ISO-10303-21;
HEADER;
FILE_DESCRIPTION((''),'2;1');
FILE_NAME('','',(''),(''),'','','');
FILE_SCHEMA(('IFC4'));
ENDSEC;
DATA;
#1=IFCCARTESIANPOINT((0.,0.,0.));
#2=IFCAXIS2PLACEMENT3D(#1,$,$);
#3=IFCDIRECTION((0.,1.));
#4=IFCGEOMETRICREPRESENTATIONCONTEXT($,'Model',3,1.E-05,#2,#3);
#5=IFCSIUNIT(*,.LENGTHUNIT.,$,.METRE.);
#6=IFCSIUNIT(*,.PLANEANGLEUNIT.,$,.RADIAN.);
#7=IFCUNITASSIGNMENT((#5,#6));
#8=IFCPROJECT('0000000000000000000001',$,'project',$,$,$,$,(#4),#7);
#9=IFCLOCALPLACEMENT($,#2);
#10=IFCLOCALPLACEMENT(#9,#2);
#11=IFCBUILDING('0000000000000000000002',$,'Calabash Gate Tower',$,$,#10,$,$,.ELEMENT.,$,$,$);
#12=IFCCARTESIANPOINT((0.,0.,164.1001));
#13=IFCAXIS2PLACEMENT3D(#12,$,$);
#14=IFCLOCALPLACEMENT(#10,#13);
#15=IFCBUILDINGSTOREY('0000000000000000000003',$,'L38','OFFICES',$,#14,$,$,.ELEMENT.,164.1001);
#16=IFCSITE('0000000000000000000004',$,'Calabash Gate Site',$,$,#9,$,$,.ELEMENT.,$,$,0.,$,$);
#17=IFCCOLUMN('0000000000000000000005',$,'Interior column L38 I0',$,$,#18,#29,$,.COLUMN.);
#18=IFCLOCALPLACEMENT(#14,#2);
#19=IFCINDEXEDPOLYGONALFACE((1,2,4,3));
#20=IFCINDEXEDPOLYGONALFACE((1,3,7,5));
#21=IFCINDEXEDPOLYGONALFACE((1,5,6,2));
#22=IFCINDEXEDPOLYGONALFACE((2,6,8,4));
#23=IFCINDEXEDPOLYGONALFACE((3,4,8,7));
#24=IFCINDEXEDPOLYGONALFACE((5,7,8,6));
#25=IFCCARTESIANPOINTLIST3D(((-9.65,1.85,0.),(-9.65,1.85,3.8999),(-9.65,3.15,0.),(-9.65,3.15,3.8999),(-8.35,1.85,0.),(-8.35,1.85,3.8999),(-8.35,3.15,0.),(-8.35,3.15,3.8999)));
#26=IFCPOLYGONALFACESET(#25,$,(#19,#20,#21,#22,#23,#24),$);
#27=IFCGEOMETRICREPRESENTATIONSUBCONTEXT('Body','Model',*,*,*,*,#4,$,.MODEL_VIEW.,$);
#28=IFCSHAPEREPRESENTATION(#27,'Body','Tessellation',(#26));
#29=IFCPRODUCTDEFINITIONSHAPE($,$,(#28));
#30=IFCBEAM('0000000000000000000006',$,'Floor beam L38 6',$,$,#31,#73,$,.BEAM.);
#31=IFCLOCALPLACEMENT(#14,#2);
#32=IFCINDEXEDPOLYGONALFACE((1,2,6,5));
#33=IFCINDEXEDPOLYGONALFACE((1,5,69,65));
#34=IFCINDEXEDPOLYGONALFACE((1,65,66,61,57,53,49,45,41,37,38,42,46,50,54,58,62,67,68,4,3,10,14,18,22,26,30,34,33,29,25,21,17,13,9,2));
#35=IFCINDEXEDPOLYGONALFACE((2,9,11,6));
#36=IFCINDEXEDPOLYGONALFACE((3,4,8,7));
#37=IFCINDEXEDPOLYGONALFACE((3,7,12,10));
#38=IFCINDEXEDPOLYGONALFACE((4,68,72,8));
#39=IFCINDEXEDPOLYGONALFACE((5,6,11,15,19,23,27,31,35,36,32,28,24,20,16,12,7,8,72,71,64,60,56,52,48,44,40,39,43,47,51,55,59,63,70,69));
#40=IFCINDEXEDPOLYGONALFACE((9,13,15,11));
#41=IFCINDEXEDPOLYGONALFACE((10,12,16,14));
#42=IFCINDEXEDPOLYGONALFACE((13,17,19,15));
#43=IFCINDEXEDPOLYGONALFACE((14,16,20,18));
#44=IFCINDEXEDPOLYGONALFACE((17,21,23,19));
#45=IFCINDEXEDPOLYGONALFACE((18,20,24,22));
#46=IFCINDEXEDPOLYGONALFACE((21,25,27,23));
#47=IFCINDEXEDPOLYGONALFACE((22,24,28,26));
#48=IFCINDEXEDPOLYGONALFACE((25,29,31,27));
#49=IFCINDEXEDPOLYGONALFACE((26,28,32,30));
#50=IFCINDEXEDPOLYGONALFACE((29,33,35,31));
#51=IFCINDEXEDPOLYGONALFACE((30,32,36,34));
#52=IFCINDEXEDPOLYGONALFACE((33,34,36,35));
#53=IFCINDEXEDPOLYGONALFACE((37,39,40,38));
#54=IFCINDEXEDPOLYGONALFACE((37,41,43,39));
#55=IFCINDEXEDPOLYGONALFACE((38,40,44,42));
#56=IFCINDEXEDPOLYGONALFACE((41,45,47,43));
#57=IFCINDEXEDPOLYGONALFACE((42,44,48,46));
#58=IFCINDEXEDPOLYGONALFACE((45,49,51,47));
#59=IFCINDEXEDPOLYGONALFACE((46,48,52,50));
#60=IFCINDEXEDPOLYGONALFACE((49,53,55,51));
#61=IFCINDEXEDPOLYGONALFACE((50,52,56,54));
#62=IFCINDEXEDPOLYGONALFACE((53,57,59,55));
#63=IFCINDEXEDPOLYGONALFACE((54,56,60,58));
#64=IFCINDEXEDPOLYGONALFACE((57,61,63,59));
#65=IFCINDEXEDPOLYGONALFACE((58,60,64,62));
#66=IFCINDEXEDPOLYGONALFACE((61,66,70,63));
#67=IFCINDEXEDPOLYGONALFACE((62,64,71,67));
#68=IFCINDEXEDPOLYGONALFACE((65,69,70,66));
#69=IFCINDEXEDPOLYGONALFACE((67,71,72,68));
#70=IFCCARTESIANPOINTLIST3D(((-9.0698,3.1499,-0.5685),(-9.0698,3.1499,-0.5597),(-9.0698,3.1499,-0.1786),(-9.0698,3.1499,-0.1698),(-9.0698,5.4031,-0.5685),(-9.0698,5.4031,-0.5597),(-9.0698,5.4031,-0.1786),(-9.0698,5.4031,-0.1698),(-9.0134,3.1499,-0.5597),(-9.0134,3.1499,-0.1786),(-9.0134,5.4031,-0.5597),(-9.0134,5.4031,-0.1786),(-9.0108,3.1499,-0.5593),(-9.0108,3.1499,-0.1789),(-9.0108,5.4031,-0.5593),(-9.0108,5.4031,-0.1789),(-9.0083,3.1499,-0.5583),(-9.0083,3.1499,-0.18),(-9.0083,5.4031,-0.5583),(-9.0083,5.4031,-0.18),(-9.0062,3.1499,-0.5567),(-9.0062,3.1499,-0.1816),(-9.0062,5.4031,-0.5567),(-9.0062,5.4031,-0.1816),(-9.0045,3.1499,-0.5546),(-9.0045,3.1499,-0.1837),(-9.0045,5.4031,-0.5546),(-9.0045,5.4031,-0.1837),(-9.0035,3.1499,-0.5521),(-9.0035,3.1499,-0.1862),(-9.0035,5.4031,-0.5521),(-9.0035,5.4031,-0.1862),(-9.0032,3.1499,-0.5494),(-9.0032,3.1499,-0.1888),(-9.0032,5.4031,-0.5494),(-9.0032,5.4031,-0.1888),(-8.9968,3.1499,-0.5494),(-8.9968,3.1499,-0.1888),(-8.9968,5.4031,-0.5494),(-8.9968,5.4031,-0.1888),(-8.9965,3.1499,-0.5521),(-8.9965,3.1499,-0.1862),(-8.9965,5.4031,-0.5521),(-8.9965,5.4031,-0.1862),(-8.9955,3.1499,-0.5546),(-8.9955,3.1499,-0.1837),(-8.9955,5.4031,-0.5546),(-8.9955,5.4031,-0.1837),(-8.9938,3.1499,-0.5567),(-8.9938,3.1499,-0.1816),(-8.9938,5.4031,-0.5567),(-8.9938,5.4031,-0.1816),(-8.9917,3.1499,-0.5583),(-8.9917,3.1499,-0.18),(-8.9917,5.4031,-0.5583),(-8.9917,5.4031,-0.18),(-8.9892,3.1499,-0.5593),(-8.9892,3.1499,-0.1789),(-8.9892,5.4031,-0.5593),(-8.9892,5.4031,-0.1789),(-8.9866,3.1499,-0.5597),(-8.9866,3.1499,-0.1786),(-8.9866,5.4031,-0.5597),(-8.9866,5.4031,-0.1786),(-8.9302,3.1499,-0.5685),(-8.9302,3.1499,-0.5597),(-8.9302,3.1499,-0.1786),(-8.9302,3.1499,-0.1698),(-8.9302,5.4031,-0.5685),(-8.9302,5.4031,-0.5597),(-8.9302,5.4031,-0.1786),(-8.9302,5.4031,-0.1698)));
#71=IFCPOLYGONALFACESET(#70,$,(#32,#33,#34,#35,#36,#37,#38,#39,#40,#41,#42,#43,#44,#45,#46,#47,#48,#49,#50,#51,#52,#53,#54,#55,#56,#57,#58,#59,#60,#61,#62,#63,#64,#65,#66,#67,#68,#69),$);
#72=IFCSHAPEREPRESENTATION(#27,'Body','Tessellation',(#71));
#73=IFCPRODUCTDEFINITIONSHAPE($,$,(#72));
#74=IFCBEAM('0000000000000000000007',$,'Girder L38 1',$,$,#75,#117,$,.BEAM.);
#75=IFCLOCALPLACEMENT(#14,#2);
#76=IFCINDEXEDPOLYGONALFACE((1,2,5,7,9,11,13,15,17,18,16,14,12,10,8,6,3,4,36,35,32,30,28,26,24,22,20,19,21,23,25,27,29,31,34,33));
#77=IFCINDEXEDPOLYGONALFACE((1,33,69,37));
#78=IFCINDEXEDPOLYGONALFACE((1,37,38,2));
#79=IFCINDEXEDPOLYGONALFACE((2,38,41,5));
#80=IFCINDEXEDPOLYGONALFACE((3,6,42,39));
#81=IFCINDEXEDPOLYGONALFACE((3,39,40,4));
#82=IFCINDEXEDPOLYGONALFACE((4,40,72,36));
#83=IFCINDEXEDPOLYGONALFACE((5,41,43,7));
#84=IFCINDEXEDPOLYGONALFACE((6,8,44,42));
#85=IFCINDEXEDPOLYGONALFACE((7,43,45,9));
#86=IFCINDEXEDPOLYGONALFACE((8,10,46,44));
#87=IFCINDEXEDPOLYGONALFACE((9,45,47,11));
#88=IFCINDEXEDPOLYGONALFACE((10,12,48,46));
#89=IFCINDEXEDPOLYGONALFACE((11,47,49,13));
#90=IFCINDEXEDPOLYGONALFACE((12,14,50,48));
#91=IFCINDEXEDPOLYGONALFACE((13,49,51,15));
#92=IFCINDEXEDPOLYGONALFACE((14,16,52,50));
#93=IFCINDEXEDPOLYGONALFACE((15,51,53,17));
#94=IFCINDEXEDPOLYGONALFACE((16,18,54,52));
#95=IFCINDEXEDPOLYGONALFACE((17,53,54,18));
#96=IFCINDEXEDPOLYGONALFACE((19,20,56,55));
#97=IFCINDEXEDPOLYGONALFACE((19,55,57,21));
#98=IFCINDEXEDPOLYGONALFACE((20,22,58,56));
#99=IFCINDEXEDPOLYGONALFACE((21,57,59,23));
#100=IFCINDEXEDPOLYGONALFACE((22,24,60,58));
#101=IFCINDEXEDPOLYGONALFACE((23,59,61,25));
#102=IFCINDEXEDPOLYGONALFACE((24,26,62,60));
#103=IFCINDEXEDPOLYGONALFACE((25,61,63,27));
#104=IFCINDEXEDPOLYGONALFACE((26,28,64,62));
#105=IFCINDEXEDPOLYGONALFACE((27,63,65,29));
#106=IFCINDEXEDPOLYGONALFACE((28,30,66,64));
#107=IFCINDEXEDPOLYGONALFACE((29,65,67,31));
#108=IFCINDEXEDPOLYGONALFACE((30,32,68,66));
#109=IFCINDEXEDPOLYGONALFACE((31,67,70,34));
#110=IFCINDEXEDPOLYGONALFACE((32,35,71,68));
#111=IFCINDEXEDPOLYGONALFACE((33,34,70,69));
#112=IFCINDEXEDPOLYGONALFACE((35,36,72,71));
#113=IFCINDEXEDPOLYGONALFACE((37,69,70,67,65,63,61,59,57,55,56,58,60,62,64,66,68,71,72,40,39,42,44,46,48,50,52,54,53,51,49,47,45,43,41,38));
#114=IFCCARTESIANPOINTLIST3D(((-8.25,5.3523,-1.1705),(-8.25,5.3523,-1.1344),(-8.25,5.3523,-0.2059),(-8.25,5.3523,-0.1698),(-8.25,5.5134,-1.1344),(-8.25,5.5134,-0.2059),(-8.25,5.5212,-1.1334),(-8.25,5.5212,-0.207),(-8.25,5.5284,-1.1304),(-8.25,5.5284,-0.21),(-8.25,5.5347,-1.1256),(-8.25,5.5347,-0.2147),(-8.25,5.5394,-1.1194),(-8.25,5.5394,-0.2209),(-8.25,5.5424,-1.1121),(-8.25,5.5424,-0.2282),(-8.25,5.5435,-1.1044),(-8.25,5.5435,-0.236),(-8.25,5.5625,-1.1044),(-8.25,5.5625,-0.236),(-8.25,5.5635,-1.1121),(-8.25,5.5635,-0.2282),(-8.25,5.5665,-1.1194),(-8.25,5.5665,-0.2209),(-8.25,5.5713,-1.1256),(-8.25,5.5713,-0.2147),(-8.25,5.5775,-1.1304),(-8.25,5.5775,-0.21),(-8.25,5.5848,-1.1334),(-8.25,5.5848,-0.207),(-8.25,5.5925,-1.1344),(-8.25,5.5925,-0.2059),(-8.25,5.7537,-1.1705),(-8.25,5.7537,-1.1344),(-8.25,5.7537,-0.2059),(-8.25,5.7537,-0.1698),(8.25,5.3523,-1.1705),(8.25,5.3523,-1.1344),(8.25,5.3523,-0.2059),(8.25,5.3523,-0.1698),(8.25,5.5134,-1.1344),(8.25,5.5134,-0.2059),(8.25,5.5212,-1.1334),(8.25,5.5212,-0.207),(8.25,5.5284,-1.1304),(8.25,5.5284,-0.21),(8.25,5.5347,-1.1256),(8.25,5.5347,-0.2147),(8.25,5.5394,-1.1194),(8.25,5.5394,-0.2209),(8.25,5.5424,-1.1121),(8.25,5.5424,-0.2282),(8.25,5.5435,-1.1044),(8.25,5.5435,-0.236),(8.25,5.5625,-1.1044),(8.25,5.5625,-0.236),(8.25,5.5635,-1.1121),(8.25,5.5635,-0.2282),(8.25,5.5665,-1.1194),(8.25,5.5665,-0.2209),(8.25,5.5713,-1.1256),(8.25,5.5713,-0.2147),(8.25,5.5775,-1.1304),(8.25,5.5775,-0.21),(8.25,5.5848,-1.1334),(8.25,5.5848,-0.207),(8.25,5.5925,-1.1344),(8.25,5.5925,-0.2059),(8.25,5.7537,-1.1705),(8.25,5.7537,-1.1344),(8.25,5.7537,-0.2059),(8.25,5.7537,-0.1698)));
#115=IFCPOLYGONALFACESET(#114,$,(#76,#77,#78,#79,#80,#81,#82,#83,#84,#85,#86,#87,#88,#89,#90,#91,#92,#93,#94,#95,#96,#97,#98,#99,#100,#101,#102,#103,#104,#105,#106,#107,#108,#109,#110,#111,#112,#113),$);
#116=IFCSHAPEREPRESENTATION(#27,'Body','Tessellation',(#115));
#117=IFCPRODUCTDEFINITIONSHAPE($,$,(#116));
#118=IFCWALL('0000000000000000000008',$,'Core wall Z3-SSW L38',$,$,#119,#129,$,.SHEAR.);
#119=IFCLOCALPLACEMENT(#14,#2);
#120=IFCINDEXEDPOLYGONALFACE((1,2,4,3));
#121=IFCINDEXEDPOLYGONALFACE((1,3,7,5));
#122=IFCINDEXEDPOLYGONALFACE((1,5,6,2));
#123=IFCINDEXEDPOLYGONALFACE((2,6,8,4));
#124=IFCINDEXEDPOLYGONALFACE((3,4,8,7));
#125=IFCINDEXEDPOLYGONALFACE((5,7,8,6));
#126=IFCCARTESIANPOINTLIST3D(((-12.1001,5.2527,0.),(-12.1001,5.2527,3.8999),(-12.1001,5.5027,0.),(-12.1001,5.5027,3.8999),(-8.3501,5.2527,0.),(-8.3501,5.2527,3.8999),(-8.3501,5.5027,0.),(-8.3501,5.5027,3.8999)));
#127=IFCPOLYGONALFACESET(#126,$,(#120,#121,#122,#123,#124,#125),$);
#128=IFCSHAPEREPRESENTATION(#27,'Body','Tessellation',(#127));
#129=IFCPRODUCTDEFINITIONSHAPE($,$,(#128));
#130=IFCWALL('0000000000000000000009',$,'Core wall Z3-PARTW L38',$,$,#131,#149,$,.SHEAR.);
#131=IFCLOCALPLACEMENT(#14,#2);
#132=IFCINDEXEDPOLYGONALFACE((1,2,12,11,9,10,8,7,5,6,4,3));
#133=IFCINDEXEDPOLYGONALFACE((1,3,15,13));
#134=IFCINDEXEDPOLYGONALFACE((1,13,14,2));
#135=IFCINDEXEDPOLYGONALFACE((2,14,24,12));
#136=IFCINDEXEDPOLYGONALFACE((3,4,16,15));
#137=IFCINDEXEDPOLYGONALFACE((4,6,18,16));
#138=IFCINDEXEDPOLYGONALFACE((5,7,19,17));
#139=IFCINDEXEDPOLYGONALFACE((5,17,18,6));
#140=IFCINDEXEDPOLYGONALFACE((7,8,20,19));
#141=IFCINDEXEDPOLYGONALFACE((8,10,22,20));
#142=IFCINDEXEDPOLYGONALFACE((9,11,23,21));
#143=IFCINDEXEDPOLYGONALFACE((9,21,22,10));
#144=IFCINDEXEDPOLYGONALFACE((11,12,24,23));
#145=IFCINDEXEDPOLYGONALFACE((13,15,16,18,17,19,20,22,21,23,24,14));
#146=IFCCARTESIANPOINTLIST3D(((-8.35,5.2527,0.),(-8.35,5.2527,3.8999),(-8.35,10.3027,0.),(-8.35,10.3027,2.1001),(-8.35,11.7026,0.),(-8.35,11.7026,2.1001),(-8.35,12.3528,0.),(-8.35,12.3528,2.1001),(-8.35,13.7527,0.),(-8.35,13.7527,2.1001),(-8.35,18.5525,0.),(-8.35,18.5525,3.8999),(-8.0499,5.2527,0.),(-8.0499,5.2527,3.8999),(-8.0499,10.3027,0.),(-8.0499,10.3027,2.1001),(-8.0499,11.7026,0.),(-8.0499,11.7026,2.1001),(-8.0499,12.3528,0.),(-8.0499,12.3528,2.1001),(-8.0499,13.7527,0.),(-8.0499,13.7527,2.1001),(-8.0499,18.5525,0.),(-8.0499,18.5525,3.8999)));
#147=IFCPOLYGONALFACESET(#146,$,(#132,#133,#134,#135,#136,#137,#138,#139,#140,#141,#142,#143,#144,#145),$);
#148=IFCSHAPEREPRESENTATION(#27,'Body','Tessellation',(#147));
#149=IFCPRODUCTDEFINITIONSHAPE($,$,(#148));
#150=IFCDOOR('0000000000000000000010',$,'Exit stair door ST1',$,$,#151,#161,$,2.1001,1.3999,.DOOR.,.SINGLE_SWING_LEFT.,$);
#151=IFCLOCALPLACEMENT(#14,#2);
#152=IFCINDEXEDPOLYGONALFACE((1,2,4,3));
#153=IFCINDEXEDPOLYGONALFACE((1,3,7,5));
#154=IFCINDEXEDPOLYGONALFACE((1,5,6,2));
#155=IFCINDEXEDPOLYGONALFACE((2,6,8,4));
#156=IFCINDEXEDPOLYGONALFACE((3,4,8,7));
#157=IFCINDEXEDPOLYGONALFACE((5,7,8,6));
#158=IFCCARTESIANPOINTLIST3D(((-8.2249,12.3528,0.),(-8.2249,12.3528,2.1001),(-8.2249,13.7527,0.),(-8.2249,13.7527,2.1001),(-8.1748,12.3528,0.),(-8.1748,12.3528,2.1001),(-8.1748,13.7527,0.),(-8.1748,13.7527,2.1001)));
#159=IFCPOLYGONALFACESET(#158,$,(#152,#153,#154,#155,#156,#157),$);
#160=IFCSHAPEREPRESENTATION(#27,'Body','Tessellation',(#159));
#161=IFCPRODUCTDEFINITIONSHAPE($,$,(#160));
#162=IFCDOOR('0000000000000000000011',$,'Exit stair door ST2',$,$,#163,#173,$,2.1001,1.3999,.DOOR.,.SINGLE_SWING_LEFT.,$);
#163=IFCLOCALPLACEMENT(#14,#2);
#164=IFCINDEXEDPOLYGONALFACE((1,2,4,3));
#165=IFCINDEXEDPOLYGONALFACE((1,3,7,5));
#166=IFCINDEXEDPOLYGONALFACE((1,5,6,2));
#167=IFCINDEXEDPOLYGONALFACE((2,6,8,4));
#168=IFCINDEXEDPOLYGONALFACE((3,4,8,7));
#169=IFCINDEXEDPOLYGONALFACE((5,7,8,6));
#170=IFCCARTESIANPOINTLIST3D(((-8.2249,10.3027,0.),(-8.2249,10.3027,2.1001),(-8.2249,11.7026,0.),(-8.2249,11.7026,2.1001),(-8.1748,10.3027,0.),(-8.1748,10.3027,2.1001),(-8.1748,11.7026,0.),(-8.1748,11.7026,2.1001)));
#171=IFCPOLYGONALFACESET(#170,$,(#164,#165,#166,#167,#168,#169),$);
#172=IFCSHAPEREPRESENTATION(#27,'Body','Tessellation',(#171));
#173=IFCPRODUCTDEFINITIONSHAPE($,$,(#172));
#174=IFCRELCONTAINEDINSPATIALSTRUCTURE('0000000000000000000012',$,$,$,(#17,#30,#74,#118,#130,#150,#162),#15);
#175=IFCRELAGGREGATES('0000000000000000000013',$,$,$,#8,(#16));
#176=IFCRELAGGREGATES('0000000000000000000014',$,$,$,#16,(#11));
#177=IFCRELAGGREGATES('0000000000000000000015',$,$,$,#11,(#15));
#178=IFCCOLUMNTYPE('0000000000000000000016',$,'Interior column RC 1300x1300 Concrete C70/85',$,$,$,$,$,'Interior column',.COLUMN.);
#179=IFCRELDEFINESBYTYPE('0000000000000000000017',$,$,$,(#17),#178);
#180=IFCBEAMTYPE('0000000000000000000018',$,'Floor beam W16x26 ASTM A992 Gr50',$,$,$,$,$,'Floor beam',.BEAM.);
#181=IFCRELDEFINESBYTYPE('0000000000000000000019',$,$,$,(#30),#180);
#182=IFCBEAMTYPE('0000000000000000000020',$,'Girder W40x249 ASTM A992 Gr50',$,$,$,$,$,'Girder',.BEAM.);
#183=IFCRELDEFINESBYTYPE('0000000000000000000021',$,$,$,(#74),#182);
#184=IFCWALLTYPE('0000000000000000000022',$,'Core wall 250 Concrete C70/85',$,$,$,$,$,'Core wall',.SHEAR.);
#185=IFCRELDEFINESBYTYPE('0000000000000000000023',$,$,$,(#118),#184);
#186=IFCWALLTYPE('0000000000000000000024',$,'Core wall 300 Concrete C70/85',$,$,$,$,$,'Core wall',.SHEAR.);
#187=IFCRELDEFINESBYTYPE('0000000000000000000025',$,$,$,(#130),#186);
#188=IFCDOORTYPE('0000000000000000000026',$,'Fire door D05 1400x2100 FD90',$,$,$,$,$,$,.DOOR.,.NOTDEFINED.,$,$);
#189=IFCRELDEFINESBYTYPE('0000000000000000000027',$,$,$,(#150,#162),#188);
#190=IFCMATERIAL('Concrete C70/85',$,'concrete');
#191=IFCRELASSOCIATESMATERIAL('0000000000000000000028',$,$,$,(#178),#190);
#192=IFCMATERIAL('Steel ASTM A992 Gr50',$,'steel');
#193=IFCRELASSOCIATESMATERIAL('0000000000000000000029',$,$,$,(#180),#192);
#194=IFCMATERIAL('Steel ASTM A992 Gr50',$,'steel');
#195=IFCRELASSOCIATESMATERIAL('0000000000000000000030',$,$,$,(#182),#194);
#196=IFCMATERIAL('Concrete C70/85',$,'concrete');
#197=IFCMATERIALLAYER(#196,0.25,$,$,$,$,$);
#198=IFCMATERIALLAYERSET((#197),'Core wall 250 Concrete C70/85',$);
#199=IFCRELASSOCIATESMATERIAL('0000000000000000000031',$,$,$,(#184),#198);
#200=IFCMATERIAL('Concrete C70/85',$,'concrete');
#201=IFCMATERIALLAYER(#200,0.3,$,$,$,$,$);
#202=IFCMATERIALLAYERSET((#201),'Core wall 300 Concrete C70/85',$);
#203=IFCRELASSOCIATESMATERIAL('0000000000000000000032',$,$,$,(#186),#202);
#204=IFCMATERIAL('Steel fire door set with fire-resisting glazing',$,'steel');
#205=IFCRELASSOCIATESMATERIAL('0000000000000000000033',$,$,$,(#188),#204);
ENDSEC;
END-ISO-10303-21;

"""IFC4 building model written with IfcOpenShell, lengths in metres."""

from ifc_helpers import new_model, si_unit, direction, frame, frame_2d, origin, origin_2d, place, context, subcontext, project, spatial, rectangle, i_section, extrude, material, layer, layer_set, material_profile, profile_set, type_object, element, fill, save


model = new_model("IFC4")

# Units and contexts
model_context = context("Model", 3, precision=1e-05, world=origin(), true_north=direction((0.0, 1.0)))
body_context = subcontext(model_context, "Body", "Model", "MODEL_VIEW")
ifc_project = project(units=[si_unit("LENGTHUNIT", "METRE"), si_unit("PLANEANGLEUNIT", "RADIAN")], contexts=[model_context])

# Site, building, storey
site_placement = place(None, origin())
site = spatial("IfcSite", under=ifc_project, at=site_placement, Name="Calabash Gate Site", CompositionType="ELEMENT", RefElevation=0.0)
building_placement = place(site_placement, origin())
building = spatial("IfcBuilding", under=site, at=building_placement, Name="Calabash Gate Tower", CompositionType="ELEMENT")
storey_placement = place(building_placement, frame((0.0, 0.0, 164.1001)))
storey = spatial("IfcBuildingStorey", under=building, at=storey_placement, Name="L38", Description="OFFICES", CompositionType="ELEMENT", Elevation=164.1001)

# Column
ifc_material_1 = material(Name="Concrete C70/85", Category="concrete")
ifc_material_profile_1 = material_profile(ifc_material_1, rectangle(XDim=1.3, YDim=1.3, at=origin_2d()))
ifc_profile_set_1 = profile_set([ifc_material_profile_1], Name="Concrete C70/85")
column_type = type_object("IfcColumnType", Name="Interior column RC 1300x1300 Concrete C70/85", ElementType="Interior column", PredefinedType="COLUMN", material=ifc_profile_set_1)
column_placement = place(storey_placement, frame((-9.0, 2.5, 0.0), z_axis=(0.0, 0.0, 1.0), x_axis=(1.0, 0.0, 0.0)))
element("IfcColumn", 1, at=column_placement, inside=storey, type_object=column_type, Name="Interior column L38 I0", PredefinedType="COLUMN", context=body_context, shape_type="SweptSolid", body=[
    extrude(rectangle(XDim=1.3, YDim=1.3, at=origin_2d()), origin(), (0.0, 0.0, 1.0), 3.8999),
])

# Beams
ifc_material_2 = material(Name="Steel ASTM A992 Gr50", Category="steel")
ifc_material_profile_2 = material_profile(ifc_material_2, i_section(OverallWidth=0.1396, OverallDepth=0.3987, WebThickness=0.0063, FlangeThickness=0.0088, FilletRadius=0.0103, at=origin_2d()))
ifc_profile_set_2 = profile_set([ifc_material_profile_2], Name="Steel ASTM A992 Gr50")
beam_type_1 = type_object("IfcBeamType", Name="Floor beam W16x26 ASTM A992 Gr50", ElementType="Floor beam", PredefinedType="BEAM", material=ifc_profile_set_2)
beam_1_placement = place(storey_placement, frame((-9.0, 3.1499, -0.3691), z_axis=(0.0, 1.0, 0.0), x_axis=(-1.0, 0.0, 0.0)))
element("IfcBeam", 2, at=beam_1_placement, inside=storey, type_object=beam_type_1, Name="Floor beam L38 6", PredefinedType="BEAM", context=body_context, shape_type="SweptSolid", body=[
    extrude(i_section(OverallWidth=0.1396, OverallDepth=0.3987, WebThickness=0.0063, FlangeThickness=0.0088, FilletRadius=0.0103, at=origin_2d()), origin(), (0.0, 0.0, 1.0), 2.2532),
])
ifc_material_3 = material(Name="Steel ASTM A992 Gr50", Category="steel")
ifc_material_profile_3 = material_profile(ifc_material_3, i_section(OverallWidth=0.4014, OverallDepth=1.0007, WebThickness=0.019, FlangeThickness=0.0361, FilletRadius=0.03, at=origin_2d()))
ifc_profile_set_3 = profile_set([ifc_material_profile_3], Name="Steel ASTM A992 Gr50")
beam_type_2 = type_object("IfcBeamType", Name="Girder W40x249 ASTM A992 Gr50", ElementType="Girder", PredefinedType="BEAM", material=ifc_profile_set_3)
beam_2_placement = place(storey_placement, frame((-8.25, 5.553, -0.6702), z_axis=(1.0, 0.0, 0.0), x_axis=(0.0, 1.0, 0.0)))
element("IfcBeam", 3, at=beam_2_placement, inside=storey, type_object=beam_type_2, Name="Girder L38 1", PredefinedType="BEAM", context=body_context, shape_type="SweptSolid", body=[
    extrude(i_section(OverallWidth=0.4014, OverallDepth=1.0007, WebThickness=0.019, FlangeThickness=0.0361, FilletRadius=0.03, at=origin_2d()), origin(), (0.0, 0.0, 1.0), 16.5),
])

# Wall
ifc_material_4 = material(Name="Concrete C70/85", Category="concrete")
ifc_layer_1 = layer(ifc_material_4, 0.25)
ifc_layer_set_1 = layer_set([ifc_layer_1], Name="Core wall 250 Concrete C70/85")
wall_type_1 = type_object("IfcWallType", Name="Core wall 250 Concrete C70/85", ElementType="Core wall", PredefinedType="SHEAR", material=ifc_layer_set_1)
wall_1_placement = place(storey_placement, frame((-12.1001, 5.3777, 0.0), z_axis=(0.0, 0.0, 1.0), x_axis=(1.0, 0.0, 0.0)))
element("IfcWall", 4, at=wall_1_placement, inside=storey, type_object=wall_type_1, Name="Core wall Z3-SSW L38", PredefinedType="SHEAR", context=body_context, shape_type="SweptSolid", body=[
    extrude(rectangle(XDim=3.75, YDim=0.25, at=frame_2d((1.875, 0.0))), origin(), (0.0, 0.0, 1.0), 3.8999),
])

# Wall, openings, doors
ifc_material_5 = material(Name="Concrete C70/85", Category="concrete")
ifc_layer_2 = layer(ifc_material_5, 0.3)
ifc_layer_set_2 = layer_set([ifc_layer_2], Name="Core wall 300 Concrete C70/85")
wall_type_2 = type_object("IfcWallType", Name="Core wall 300 Concrete C70/85", ElementType="Core wall", PredefinedType="SHEAR", material=ifc_layer_set_2)
wall_2_placement = place(storey_placement, frame((-8.2, 5.2527, 0.0), z_axis=(0.0, 0.0, 1.0), x_axis=(0.0, 1.0, 0.0)))
wall_2 = element("IfcWall", 5, at=wall_2_placement, inside=storey, type_object=wall_type_2, Name="Core wall Z3-PARTW L38", PredefinedType="SHEAR", context=body_context, shape_type="SweptSolid", body=[
    extrude(rectangle(XDim=13.2998, YDim=0.3, at=frame_2d((6.6499, 0.0))), origin(), (0.0, 0.0, 1.0), 3.8999),
])
opening_1_placement = place(wall_2_placement, frame((7.1001, 0.0, 0.0)))
opening_1 = element("IfcOpeningElement", 6, at=opening_1_placement, cuts=wall_2, PredefinedType="OPENING", context=body_context, shape_type="SweptSolid", body=[
    extrude(rectangle(XDim=1.3999, YDim=2.1001, at=frame_2d((0.7, 1.05))), frame((0.0, 0.1599, 0.0), z_axis=(0.0, -1.0, 0.0), x_axis=(1.0, 0.0, 0.0)), (0.0, 0.0, 1.0), 0.3201),
])
opening_2_placement = place(wall_2_placement, frame((5.05, 0.0, 0.0)))
opening_2 = element("IfcOpeningElement", 7, at=opening_2_placement, cuts=wall_2, PredefinedType="OPENING", context=body_context, shape_type="SweptSolid", body=[
    extrude(rectangle(XDim=1.3999, YDim=2.1001, at=frame_2d((0.7, 1.05))), frame((0.0, 0.1599, 0.0), z_axis=(0.0, -1.0, 0.0), x_axis=(1.0, 0.0, 0.0)), (0.0, 0.0, 1.0), 0.3201),
])
ifc_material_6 = material(Name="Steel fire door set with fire-resisting glazing", Category="steel")
door_type_1 = type_object("IfcDoorType", Name="Fire door D05 1400x2100 FD90", OperationType="NOTDEFINED", PredefinedType="DOOR", material=ifc_material_6)
door_1_placement = place(opening_1_placement, origin())
door_1 = element("IfcDoor", 8, at=door_1_placement, inside=storey, type_object=door_type_1, Name="Exit stair door ST1", OperationType="SINGLE_SWING_LEFT", OverallHeight=2.1001, OverallWidth=1.3999, PredefinedType="DOOR", context=body_context, shape_type="SweptSolid", body=[
    extrude(rectangle(XDim=1.3999, YDim=2.1001, at=frame_2d((0.7, 1.05))), frame((0.0, 0.0249, 0.0), z_axis=(0.0, -1.0, 0.0), x_axis=(1.0, 0.0, 0.0)), (0.0, 0.0, 1.0), 0.05),
])
fill(opening_1, door_1)
door_2_placement = place(opening_2_placement, origin())
door_2 = element("IfcDoor", 9, at=door_2_placement, inside=storey, type_object=door_type_1, Name="Exit stair door ST2", OperationType="SINGLE_SWING_LEFT", OverallHeight=2.1001, OverallWidth=1.3999, PredefinedType="DOOR", context=body_context, shape_type="SweptSolid", body=[
    extrude(rectangle(XDim=1.3999, YDim=2.1001, at=frame_2d((0.7, 1.05))), frame((0.0, 0.0249, 0.0), z_axis=(0.0, -1.0, 0.0), x_axis=(1.0, 0.0, 0.0)), (0.0, 0.0, 1.0), 0.05),
])
fill(opening_2, door_2)

save(model, "model.ifc")
